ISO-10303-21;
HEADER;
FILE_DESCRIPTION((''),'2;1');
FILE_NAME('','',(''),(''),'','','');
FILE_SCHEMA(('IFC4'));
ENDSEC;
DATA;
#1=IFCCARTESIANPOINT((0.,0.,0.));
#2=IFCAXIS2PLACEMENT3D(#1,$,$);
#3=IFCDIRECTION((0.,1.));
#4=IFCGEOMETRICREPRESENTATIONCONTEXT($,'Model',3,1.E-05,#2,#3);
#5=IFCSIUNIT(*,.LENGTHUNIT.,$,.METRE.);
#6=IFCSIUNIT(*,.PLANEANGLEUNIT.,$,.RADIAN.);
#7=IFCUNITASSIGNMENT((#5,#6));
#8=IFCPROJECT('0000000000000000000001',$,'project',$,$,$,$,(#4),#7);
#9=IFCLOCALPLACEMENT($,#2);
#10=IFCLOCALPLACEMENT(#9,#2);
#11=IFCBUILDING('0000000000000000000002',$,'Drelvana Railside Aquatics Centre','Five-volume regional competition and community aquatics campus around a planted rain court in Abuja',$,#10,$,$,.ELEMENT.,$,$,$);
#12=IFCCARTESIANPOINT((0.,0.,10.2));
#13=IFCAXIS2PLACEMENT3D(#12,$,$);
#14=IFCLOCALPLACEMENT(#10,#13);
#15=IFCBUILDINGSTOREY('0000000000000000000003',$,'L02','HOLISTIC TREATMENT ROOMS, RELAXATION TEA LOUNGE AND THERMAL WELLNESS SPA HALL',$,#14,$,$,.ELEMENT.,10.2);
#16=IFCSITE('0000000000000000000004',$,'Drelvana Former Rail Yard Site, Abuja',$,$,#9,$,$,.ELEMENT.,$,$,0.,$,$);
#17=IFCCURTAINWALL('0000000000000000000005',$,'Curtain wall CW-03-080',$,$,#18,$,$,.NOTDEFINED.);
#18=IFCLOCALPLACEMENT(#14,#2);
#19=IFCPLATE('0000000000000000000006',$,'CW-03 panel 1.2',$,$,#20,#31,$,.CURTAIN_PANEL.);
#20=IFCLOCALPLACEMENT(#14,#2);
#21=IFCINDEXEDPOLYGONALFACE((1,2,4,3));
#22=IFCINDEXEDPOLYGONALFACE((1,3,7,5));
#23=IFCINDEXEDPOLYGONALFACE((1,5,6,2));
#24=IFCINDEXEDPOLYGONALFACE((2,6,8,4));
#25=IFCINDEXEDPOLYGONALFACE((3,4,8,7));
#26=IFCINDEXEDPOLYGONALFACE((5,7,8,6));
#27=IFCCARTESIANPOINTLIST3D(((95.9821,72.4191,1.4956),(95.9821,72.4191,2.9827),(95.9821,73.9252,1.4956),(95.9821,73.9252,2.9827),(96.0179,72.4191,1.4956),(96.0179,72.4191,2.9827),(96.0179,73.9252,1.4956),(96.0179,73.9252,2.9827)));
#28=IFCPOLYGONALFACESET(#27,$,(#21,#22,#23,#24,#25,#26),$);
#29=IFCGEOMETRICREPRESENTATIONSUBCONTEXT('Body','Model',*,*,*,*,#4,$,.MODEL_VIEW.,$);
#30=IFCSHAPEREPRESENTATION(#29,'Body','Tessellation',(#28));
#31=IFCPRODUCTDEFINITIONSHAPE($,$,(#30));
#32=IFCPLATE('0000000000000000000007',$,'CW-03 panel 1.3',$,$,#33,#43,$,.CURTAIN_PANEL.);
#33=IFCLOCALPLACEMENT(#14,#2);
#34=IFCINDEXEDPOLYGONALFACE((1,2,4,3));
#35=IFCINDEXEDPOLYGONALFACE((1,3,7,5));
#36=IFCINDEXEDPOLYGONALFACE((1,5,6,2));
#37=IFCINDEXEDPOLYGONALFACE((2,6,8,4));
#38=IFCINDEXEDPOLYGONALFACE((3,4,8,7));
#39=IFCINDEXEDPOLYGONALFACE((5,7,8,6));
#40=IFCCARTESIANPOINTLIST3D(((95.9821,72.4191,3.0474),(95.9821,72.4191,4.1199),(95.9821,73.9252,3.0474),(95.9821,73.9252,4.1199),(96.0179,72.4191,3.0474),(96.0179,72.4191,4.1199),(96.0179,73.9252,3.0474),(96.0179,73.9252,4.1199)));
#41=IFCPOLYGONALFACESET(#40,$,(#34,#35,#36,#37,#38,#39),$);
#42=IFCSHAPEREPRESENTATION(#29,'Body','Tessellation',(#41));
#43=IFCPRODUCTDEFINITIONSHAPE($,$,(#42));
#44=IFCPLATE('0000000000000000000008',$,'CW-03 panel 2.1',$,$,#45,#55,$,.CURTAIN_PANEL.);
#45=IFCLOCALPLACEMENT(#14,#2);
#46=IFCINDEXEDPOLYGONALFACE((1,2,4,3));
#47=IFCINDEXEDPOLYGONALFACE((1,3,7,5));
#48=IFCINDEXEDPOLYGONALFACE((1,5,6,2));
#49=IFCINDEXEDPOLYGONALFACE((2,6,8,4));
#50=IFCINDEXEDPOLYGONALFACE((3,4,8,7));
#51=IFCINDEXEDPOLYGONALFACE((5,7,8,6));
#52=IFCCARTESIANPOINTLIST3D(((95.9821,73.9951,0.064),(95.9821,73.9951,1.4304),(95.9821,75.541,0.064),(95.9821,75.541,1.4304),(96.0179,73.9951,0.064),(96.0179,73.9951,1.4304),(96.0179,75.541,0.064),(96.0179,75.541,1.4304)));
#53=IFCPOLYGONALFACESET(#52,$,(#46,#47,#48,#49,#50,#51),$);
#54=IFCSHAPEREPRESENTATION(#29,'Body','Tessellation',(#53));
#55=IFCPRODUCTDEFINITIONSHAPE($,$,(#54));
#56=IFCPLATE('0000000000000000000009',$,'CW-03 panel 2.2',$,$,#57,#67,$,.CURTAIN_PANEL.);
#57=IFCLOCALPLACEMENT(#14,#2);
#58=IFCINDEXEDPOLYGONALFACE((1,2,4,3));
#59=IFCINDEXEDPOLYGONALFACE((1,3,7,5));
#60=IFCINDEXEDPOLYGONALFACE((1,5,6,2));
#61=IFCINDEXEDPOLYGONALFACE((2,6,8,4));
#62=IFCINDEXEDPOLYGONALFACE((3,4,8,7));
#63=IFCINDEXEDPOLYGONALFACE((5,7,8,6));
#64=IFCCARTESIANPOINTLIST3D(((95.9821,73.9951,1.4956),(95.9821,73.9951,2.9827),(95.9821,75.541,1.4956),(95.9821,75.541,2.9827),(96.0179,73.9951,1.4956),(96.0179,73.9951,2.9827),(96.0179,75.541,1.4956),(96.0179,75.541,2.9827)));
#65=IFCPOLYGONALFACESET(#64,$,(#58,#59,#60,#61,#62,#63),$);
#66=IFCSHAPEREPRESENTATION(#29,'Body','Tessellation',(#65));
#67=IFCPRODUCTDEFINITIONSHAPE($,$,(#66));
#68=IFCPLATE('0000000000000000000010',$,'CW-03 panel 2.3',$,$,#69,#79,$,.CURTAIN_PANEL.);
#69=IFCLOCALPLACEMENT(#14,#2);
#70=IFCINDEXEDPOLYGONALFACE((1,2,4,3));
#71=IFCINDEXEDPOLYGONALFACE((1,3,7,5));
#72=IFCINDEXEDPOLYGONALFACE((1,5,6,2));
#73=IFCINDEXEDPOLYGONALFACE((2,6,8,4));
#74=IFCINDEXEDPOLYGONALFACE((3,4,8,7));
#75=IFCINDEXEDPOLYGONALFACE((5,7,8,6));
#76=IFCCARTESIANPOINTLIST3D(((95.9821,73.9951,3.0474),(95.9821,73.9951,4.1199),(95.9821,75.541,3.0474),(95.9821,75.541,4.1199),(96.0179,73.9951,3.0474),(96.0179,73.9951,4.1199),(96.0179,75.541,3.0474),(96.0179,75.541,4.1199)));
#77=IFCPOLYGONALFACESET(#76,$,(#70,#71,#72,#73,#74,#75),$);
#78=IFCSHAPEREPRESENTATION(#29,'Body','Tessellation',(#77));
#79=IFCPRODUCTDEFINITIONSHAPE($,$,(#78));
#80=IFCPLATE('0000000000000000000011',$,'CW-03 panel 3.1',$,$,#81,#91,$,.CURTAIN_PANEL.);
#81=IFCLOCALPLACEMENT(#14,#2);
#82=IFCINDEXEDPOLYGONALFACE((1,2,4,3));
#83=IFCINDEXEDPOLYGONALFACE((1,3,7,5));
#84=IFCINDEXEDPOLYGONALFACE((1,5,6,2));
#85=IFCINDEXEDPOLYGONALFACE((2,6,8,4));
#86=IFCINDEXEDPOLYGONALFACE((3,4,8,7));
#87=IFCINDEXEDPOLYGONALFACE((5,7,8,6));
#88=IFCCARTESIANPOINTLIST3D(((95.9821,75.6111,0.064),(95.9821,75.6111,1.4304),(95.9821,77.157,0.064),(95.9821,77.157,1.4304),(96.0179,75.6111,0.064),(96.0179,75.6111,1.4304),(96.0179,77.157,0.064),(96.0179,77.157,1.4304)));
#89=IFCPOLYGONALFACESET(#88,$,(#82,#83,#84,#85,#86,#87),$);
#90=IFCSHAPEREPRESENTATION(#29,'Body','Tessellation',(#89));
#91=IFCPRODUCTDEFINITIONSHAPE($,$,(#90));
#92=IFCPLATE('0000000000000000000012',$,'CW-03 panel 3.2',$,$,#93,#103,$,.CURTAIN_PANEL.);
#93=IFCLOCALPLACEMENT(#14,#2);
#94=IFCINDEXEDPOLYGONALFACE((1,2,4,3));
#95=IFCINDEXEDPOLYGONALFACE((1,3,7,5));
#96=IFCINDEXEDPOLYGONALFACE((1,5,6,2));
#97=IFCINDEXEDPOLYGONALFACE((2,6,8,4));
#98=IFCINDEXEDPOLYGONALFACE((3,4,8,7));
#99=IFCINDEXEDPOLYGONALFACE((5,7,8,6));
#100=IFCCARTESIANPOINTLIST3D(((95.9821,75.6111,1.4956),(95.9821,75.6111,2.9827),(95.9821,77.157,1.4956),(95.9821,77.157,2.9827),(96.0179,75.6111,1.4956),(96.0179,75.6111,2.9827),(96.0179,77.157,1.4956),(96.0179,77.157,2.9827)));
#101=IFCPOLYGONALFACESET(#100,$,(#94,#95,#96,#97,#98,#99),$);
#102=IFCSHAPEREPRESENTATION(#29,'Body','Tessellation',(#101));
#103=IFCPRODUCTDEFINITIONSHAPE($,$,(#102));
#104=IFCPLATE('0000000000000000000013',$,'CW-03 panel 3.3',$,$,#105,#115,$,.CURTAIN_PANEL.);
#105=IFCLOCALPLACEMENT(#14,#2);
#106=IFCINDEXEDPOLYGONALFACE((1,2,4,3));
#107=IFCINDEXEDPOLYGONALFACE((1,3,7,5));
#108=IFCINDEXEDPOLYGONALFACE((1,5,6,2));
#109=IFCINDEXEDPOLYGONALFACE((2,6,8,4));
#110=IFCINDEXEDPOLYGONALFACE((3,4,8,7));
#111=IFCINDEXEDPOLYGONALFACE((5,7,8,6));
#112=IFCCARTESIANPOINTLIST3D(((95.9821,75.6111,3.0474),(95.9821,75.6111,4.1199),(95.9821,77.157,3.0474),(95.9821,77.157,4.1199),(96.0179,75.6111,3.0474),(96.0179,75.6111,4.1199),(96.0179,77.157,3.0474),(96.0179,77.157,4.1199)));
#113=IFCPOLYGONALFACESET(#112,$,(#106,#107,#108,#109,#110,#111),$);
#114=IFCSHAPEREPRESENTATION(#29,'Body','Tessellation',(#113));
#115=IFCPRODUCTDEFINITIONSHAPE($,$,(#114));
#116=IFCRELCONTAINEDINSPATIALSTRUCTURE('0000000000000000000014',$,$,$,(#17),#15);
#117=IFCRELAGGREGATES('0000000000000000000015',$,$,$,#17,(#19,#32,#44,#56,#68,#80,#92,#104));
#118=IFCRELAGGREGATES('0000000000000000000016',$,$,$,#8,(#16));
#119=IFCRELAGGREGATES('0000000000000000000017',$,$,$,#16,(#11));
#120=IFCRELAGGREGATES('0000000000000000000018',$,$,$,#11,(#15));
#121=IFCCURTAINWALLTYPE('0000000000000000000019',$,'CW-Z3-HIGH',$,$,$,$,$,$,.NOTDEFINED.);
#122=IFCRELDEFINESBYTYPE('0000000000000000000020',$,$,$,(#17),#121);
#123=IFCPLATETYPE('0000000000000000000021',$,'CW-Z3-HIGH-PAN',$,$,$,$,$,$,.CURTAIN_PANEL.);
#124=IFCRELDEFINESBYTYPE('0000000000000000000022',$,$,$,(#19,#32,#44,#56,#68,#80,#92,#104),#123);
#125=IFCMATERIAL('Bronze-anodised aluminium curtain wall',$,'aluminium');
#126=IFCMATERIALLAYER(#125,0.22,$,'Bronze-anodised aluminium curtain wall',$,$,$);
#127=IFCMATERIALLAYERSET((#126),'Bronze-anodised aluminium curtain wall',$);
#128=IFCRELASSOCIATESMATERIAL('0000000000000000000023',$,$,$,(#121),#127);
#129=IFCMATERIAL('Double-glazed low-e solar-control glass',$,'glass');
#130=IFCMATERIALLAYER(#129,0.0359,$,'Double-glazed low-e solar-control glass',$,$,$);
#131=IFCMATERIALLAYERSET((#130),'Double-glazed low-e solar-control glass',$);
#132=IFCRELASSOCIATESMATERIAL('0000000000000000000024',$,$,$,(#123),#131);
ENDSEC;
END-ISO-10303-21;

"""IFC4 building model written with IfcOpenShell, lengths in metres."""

from ifc_helpers import new_model, si_unit, direction, frame, origin, origin_2d, place, context, subcontext, project, spatial, rectangle, extrude, material, layer, layer_set, type_object, element, aggregate, save


model = new_model("IFC4")

# Units and contexts
model_context = context("Model", 3, precision=1e-05, world=origin(), true_north=direction((0.0, 1.0)))
body_context = subcontext(model_context, "Body", "Model", "MODEL_VIEW")
ifc_project = project(units=[si_unit("LENGTHUNIT", "METRE"), si_unit("PLANEANGLEUNIT", "RADIAN")], contexts=[model_context])

# Site, building, storey
site_placement = place(None, origin())
site = spatial("IfcSite", under=ifc_project, at=site_placement, Name="Drelvana Former Rail Yard Site, Abuja", CompositionType="ELEMENT", RefElevation=0.0)
building_placement = place(site_placement, origin())
building = spatial("IfcBuilding", under=site, at=building_placement, Name="Drelvana Railside Aquatics Centre", Description="Five-volume regional competition and community aquatics campus around a planted rain court in Abuja", CompositionType="ELEMENT")
storey_placement = place(building_placement, frame((0.0, 0.0, 10.2)))
storey = spatial("IfcBuildingStorey", under=building, at=storey_placement, Name="L02", Description="HOLISTIC TREATMENT ROOMS, RELAXATION TEA LOUNGE AND THERMAL WELLNESS SPA HALL", CompositionType="ELEMENT", Elevation=10.2)

# Curtain wall, plates
ifc_material_1 = material(Name="Bronze-anodised aluminium curtain wall", Category="aluminium")
ifc_layer_1 = layer(ifc_material_1, 0.22, Name="Bronze-anodised aluminium curtain wall")
ifc_layer_set_1 = layer_set([ifc_layer_1], Name="Bronze-anodised aluminium curtain wall")
curtain_wall_type = type_object("IfcCurtainWallType", Name="CW-Z3-HIGH", PredefinedType="NOTDEFINED", material=ifc_layer_set_1)
curtain_wall_placement = place(storey_placement, origin())
curtain_wall = element("IfcCurtainWall", 1, at=curtain_wall_placement, inside=storey, type_object=curtain_wall_type, Name="Curtain wall CW-03-080", PredefinedType="NOTDEFINED")
ifc_material_2 = material(Name="Double-glazed low-e solar-control glass", Category="glass")
ifc_layer_2 = layer(ifc_material_2, 0.0359, Name="Double-glazed low-e solar-control glass")
ifc_layer_set_2 = layer_set([ifc_layer_2], Name="Double-glazed low-e solar-control glass")
plate_type = type_object("IfcPlateType", Name="CW-Z3-HIGH-PAN", PredefinedType="CURTAIN_PANEL", material=ifc_layer_set_2)
plate_1_placement = place(storey_placement, frame((96.0, 73.1721, 1.4956), z_axis=(0.0, 0.0, 1.0), x_axis=(0.0, 1.0, 0.0)))
plate_1 = element("IfcPlate", 2, at=plate_1_placement, type_object=plate_type, Name="CW-03 panel 1.2", PredefinedType="CURTAIN_PANEL", context=body_context, shape_type="SweptSolid", body=[
    extrude(rectangle(XDim=1.5061, YDim=0.0359, at=origin_2d()), origin(), (0.0, 0.0, 1.0), 1.4871),
])
plate_2_placement = place(storey_placement, frame((96.0, 73.1721, 3.0474), z_axis=(0.0, 0.0, 1.0), x_axis=(0.0, 1.0, 0.0)))
plate_2 = element("IfcPlate", 3, at=plate_2_placement, type_object=plate_type, Name="CW-03 panel 1.3", PredefinedType="CURTAIN_PANEL", context=body_context, shape_type="SweptSolid", body=[
    extrude(rectangle(XDim=1.5061, YDim=0.0359, at=origin_2d()), origin(), (0.0, 0.0, 1.0), 1.0725),
])
plate_3_placement = place(storey_placement, frame((96.0, 74.7681, 0.064), z_axis=(0.0, 0.0, 1.0), x_axis=(0.0, 1.0, 0.0)))
plate_3 = element("IfcPlate", 4, at=plate_3_placement, type_object=plate_type, Name="CW-03 panel 2.1", PredefinedType="CURTAIN_PANEL", context=body_context, shape_type="SweptSolid", body=[
    extrude(rectangle(XDim=1.5459, YDim=0.0359, at=origin_2d()), origin(), (0.0, 0.0, 1.0), 1.3665),
])
plate_4_placement = place(storey_placement, frame((96.0, 74.7681, 1.4956), z_axis=(0.0, 0.0, 1.0), x_axis=(0.0, 1.0, 0.0)))
plate_4 = element("IfcPlate", 5, at=plate_4_placement, type_object=plate_type, Name="CW-03 panel 2.2", PredefinedType="CURTAIN_PANEL", context=body_context, shape_type="SweptSolid", body=[
    extrude(rectangle(XDim=1.5459, YDim=0.0359, at=origin_2d()), origin(), (0.0, 0.0, 1.0), 1.4871),
])
plate_5_placement = place(storey_placement, frame((96.0, 74.7681, 3.0474), z_axis=(0.0, 0.0, 1.0), x_axis=(0.0, 1.0, 0.0)))
plate_5 = element("IfcPlate", 6, at=plate_5_placement, type_object=plate_type, Name="CW-03 panel 2.3", PredefinedType="CURTAIN_PANEL", context=body_context, shape_type="SweptSolid", body=[
    extrude(rectangle(XDim=1.5459, YDim=0.0359, at=origin_2d()), origin(), (0.0, 0.0, 1.0), 1.0725),
])
plate_6_placement = place(storey_placement, frame((96.0, 76.384, 0.064), z_axis=(0.0, 0.0, 1.0), x_axis=(0.0, 1.0, 0.0)))
plate_6 = element("IfcPlate", 7, at=plate_6_placement, type_object=plate_type, Name="CW-03 panel 3.1", PredefinedType="CURTAIN_PANEL", context=body_context, shape_type="SweptSolid", body=[
    extrude(rectangle(XDim=1.5459, YDim=0.0359, at=origin_2d()), origin(), (0.0, 0.0, 1.0), 1.3665),
])
plate_7_placement = place(storey_placement, frame((96.0, 76.384, 1.4956), z_axis=(0.0, 0.0, 1.0), x_axis=(0.0, 1.0, 0.0)))
plate_7 = element("IfcPlate", 8, at=plate_7_placement, type_object=plate_type, Name="CW-03 panel 3.2", PredefinedType="CURTAIN_PANEL", context=body_context, shape_type="SweptSolid", body=[
    extrude(rectangle(XDim=1.5459, YDim=0.0359, at=origin_2d()), origin(), (0.0, 0.0, 1.0), 1.4871),
])
plate_8_placement = place(storey_placement, frame((96.0, 76.384, 3.0474), z_axis=(0.0, 0.0, 1.0), x_axis=(0.0, 1.0, 0.0)))
plate_8 = element("IfcPlate", 9, at=plate_8_placement, type_object=plate_type, Name="CW-03 panel 3.3", PredefinedType="CURTAIN_PANEL", context=body_context, shape_type="SweptSolid", body=[
    extrude(rectangle(XDim=1.5459, YDim=0.0359, at=origin_2d()), origin(), (0.0, 0.0, 1.0), 1.0725),
])
aggregate(curtain_wall, [plate_1, plate_2, plate_3, plate_4, plate_5, plate_6, plate_7, plate_8])

save(model, "model.ifc")
